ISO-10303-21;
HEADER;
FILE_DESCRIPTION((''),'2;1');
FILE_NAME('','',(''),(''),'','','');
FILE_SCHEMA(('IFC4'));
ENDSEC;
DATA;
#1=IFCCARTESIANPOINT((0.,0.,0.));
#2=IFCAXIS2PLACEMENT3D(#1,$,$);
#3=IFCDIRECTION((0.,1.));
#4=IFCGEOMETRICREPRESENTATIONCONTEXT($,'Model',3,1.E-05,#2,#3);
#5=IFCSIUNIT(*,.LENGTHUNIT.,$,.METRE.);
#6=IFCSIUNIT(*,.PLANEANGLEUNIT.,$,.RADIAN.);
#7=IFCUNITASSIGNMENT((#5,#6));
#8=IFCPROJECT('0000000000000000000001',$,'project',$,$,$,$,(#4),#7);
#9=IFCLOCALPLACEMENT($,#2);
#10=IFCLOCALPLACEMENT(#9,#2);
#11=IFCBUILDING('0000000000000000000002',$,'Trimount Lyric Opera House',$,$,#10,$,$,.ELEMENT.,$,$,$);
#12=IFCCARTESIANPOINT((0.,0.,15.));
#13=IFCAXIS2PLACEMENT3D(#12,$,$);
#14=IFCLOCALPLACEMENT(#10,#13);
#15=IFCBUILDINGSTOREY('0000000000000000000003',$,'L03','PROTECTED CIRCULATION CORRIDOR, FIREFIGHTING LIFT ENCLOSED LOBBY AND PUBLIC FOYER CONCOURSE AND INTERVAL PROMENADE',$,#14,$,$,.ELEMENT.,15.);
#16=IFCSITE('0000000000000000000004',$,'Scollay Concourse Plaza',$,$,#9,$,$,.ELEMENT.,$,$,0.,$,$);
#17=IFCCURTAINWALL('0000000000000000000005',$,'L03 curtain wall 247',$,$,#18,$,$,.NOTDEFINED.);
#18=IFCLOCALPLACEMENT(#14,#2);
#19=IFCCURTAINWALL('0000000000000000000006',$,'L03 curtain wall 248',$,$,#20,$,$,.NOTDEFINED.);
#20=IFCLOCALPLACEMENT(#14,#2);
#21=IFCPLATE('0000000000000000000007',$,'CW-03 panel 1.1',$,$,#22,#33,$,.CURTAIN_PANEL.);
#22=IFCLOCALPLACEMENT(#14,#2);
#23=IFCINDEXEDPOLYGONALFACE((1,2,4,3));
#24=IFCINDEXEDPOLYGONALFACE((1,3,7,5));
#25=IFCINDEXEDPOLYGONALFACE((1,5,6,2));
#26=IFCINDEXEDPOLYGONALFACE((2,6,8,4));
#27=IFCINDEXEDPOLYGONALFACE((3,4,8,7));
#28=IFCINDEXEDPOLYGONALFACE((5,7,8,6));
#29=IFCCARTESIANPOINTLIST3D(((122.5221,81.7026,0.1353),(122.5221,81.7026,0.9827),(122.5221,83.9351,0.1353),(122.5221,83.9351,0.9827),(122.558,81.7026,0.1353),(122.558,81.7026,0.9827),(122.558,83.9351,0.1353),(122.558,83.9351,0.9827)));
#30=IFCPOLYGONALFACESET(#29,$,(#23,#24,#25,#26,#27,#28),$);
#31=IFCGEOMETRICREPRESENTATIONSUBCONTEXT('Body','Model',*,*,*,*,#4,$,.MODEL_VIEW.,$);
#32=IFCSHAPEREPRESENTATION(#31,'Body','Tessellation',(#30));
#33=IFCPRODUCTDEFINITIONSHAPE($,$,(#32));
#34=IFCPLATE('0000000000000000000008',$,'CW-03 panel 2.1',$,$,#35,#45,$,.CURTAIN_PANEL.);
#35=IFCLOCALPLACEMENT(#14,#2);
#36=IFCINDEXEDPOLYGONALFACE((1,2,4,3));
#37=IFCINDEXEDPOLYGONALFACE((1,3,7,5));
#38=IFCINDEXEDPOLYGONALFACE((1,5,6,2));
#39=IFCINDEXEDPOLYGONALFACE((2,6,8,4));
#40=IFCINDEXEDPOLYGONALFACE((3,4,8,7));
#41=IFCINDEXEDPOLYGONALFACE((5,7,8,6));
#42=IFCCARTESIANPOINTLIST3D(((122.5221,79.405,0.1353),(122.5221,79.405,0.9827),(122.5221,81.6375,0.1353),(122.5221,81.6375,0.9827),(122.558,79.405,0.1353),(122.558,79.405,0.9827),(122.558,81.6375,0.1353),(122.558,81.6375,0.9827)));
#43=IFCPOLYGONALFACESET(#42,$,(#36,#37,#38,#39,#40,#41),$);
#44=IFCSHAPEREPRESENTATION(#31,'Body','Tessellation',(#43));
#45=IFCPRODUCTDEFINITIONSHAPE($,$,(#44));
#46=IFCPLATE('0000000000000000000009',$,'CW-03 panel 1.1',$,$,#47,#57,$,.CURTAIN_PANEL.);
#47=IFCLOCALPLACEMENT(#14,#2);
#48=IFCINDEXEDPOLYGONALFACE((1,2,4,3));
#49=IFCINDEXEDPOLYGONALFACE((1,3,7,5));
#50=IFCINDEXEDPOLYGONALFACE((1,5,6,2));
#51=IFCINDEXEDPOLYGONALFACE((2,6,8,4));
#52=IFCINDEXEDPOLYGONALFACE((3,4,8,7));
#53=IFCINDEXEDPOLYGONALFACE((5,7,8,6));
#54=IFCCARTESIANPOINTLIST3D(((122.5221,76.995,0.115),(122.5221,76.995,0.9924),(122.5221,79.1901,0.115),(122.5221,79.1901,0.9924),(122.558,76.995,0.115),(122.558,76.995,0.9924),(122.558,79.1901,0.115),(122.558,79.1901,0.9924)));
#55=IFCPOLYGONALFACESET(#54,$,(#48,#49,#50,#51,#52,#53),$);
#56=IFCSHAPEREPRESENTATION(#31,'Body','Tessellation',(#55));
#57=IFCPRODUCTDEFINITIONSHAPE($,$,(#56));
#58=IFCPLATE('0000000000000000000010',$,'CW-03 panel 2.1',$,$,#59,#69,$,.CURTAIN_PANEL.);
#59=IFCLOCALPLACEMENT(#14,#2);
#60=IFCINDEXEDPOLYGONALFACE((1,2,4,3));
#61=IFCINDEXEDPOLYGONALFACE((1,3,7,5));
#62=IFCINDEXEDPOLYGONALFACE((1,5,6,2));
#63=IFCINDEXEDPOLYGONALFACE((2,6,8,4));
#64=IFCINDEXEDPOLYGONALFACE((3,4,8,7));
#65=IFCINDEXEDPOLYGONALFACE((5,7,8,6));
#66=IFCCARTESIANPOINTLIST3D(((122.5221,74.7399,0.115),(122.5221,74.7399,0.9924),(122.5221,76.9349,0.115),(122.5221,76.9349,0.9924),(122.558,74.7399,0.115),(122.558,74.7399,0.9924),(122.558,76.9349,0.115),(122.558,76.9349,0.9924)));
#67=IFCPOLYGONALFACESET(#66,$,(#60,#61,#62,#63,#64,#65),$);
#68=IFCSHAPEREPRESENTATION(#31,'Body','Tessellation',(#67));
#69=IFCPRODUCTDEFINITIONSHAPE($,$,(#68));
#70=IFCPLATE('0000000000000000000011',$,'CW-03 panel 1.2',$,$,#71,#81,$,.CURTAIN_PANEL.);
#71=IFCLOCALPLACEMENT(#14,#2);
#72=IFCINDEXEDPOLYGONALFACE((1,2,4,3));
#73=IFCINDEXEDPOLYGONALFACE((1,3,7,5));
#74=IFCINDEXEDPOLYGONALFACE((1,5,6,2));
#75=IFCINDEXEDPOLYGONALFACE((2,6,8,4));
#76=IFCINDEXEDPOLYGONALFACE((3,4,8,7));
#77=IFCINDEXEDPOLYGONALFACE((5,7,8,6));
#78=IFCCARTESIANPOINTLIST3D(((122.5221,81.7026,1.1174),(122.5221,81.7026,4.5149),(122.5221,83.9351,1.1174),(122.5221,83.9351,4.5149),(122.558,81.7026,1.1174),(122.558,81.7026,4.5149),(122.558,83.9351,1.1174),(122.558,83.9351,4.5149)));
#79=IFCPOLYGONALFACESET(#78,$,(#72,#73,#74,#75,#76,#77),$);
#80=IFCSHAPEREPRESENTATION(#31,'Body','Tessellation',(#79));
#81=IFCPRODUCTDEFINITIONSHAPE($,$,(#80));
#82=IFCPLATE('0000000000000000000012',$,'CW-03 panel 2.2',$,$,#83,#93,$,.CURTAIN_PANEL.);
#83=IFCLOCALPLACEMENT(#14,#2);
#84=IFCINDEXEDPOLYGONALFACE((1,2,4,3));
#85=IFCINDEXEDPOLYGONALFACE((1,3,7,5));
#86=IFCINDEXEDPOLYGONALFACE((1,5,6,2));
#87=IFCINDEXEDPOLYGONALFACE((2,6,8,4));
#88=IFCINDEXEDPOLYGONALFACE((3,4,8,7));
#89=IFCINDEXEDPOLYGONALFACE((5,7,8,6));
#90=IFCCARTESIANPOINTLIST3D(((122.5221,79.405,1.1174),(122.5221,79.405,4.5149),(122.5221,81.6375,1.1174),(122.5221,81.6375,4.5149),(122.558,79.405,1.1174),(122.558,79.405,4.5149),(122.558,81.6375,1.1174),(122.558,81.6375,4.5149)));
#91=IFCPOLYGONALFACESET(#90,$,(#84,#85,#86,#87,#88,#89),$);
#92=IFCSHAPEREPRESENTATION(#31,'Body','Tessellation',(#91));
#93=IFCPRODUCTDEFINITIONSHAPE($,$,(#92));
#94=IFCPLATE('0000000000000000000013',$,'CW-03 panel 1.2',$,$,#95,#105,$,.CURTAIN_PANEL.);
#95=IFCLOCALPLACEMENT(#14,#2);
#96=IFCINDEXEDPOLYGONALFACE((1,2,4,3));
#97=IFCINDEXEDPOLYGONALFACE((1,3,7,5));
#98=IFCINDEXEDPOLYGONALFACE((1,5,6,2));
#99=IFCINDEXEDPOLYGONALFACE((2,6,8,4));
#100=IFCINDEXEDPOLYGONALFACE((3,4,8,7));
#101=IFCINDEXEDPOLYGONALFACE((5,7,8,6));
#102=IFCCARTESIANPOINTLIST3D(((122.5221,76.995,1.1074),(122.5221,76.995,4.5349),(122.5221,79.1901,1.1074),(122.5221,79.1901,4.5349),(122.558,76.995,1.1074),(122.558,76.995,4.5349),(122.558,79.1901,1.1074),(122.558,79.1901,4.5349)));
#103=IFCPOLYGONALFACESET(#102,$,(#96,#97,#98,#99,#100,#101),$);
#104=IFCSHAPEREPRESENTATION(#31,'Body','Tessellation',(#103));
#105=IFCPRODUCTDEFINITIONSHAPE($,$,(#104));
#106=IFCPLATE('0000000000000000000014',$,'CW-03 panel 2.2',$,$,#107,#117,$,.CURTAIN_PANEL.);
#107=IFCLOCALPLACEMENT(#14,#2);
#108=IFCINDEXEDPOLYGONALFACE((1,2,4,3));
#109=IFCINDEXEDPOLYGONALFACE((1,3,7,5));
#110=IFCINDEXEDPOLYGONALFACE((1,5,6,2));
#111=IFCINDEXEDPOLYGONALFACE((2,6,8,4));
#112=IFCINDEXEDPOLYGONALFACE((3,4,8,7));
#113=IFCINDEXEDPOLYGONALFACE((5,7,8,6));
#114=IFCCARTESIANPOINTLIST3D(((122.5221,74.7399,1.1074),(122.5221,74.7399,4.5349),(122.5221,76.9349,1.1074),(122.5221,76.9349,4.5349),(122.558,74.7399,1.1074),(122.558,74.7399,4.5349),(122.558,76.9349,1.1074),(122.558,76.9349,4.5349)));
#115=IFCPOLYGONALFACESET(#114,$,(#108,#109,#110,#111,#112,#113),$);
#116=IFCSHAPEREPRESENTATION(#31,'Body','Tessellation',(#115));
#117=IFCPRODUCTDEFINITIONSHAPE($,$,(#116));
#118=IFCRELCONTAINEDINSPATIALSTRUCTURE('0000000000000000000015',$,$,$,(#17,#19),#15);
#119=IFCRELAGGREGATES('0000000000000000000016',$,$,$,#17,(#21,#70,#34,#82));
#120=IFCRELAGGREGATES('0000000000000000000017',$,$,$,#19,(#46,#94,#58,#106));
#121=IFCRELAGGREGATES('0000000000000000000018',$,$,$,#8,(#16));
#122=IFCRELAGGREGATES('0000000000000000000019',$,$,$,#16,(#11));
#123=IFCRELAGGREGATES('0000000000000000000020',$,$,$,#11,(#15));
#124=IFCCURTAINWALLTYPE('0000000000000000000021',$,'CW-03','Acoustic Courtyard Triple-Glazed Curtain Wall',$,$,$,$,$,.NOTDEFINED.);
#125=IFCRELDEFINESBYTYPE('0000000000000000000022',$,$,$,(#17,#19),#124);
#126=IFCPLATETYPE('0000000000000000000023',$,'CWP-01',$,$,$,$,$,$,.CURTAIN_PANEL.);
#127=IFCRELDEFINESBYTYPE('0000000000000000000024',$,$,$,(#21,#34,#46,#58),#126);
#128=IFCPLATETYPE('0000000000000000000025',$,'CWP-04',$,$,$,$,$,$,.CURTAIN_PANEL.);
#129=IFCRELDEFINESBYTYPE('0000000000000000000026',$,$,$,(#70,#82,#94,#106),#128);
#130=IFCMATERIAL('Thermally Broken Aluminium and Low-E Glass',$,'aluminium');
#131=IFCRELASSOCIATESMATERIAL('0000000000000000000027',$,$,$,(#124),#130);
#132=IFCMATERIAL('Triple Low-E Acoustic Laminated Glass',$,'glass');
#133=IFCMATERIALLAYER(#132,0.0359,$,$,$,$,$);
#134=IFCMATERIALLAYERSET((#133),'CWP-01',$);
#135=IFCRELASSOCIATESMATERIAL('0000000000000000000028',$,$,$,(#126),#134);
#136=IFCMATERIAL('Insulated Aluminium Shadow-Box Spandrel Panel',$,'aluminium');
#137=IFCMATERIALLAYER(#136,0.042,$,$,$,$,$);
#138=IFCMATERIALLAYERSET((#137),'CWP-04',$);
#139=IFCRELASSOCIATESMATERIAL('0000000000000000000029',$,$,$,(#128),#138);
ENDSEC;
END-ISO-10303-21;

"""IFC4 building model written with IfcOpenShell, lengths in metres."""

from ifc_helpers import new_model, si_unit, direction, frame, origin, origin_2d, place, context, subcontext, project, spatial, rectangle, extrude, material, layer, layer_set, type_object, element, aggregate, save


model = new_model("IFC4")

# Units and contexts
model_context = context("Model", 3, precision=1e-05, world=origin(), true_north=direction((0.0, 1.0)))
body_context = subcontext(model_context, "Body", "Model", "MODEL_VIEW")
ifc_project = project(units=[si_unit("LENGTHUNIT", "METRE"), si_unit("PLANEANGLEUNIT", "RADIAN")], contexts=[model_context])

# Site, building, storey
site_placement = place(None, origin())
site = spatial("IfcSite", under=ifc_project, at=site_placement, Name="Scollay Concourse Plaza", CompositionType="ELEMENT", RefElevation=0.0)
building_placement = place(site_placement, origin())
building = spatial("IfcBuilding", under=site, at=building_placement, Name="Trimount Lyric Opera House", CompositionType="ELEMENT")
storey_placement = place(building_placement, frame((0.0, 0.0, 15.0)))
storey = spatial("IfcBuildingStorey", under=building, at=storey_placement, Name="L03", Description="PROTECTED CIRCULATION CORRIDOR, FIREFIGHTING LIFT ENCLOSED LOBBY AND PUBLIC FOYER CONCOURSE AND INTERVAL PROMENADE", CompositionType="ELEMENT", Elevation=15.0)

# Curtain walls
ifc_material_1 = material(Name="Thermally Broken Aluminium and Low-E Glass", Category="aluminium")
curtain_wall_type = type_object("IfcCurtainWallType", Name="CW-03", Description="Acoustic Courtyard Triple-Glazed Curtain Wall", PredefinedType="NOTDEFINED", material=ifc_material_1)
curtain_wall_1_placement = place(storey_placement, origin())
curtain_wall_1 = element("IfcCurtainWall", 1, at=curtain_wall_1_placement, inside=storey, type_object=curtain_wall_type, Name="L03 curtain wall 247", PredefinedType="NOTDEFINED")
curtain_wall_2_placement = place(storey_placement, origin())
curtain_wall_2 = element("IfcCurtainWall", 2, at=curtain_wall_2_placement, inside=storey, type_object=curtain_wall_type, Name="L03 curtain wall 248", PredefinedType="NOTDEFINED")

# Plates
ifc_material_2 = material(Name="Triple Low-E Acoustic Laminated Glass", Category="glass")
ifc_layer_1 = layer(ifc_material_2, 0.0359)
ifc_layer_set_1 = layer_set([ifc_layer_1], Name="CWP-01")
plate_type_1 = type_object("IfcPlateType", Name="CWP-01", PredefinedType="CURTAIN_PANEL", material=ifc_layer_set_1)
plate_1_placement = place(storey_placement, frame((122.54, 82.8188, 0.1353), z_axis=(0.0, 0.0, 1.0), x_axis=(0.0, -1.0, 0.0)))
plate_1 = element("IfcPlate", 3, at=plate_1_placement, type_object=plate_type_1, Name="CW-03 panel 1.1", PredefinedType="CURTAIN_PANEL", context=body_context, shape_type="SweptSolid", body=[
    extrude(rectangle(XDim=2.2324, YDim=0.0359, at=origin_2d()), origin(), (0.0, 0.0, 1.0), 0.8474),
])
plate_2_placement = place(storey_placement, frame((122.54, 80.5212, 0.1353), z_axis=(0.0, 0.0, 1.0), x_axis=(0.0, -1.0, 0.0)))
plate_2 = element("IfcPlate", 4, at=plate_2_placement, type_object=plate_type_1, Name="CW-03 panel 2.1", PredefinedType="CURTAIN_PANEL", context=body_context, shape_type="SweptSolid", body=[
    extrude(rectangle(XDim=2.2324, YDim=0.0359, at=origin_2d()), origin(), (0.0, 0.0, 1.0), 0.8474),
])
plate_3_placement = place(storey_placement, frame((122.54, 78.0925, 0.115), z_axis=(0.0, 0.0, 1.0), x_axis=(0.0, -1.0, 0.0)))
plate_3 = element("IfcPlate", 5, at=plate_3_placement, type_object=plate_type_1, Name="CW-03 panel 1.1", PredefinedType="CURTAIN_PANEL", context=body_context, shape_type="SweptSolid", body=[
    extrude(rectangle(XDim=2.1951, YDim=0.0359, at=origin_2d()), origin(), (0.0, 0.0, 1.0), 0.8774),
])
plate_4_placement = place(storey_placement, frame((122.54, 75.8374, 0.115), z_axis=(0.0, 0.0, 1.0), x_axis=(0.0, -1.0, 0.0)))
plate_4 = element("IfcPlate", 6, at=plate_4_placement, type_object=plate_type_1, Name="CW-03 panel 2.1", PredefinedType="CURTAIN_PANEL", context=body_context, shape_type="SweptSolid", body=[
    extrude(rectangle(XDim=2.1951, YDim=0.0359, at=origin_2d()), origin(), (0.0, 0.0, 1.0), 0.8774),
])
ifc_material_3 = material(Name="Insulated Aluminium Shadow-Box Spandrel Panel", Category="aluminium")
ifc_layer_2 = layer(ifc_material_3, 0.042)
ifc_layer_set_2 = layer_set([ifc_layer_2], Name="CWP-04")
plate_type_2 = type_object("IfcPlateType", Name="CWP-04", PredefinedType="CURTAIN_PANEL", material=ifc_layer_set_2)
plate_5_placement = place(storey_placement, frame((122.54, 82.8188, 1.1174), z_axis=(0.0, 0.0, 1.0), x_axis=(0.0, -1.0, 0.0)))
plate_5 = element("IfcPlate", 7, at=plate_5_placement, type_object=plate_type_2, Name="CW-03 panel 1.2", PredefinedType="CURTAIN_PANEL", context=body_context, shape_type="SweptSolid", body=[
    extrude(rectangle(XDim=2.2324, YDim=0.0359, at=origin_2d()), origin(), (0.0, 0.0, 1.0), 3.3975),
])
plate_6_placement = place(storey_placement, frame((122.54, 80.5212, 1.1174), z_axis=(0.0, 0.0, 1.0), x_axis=(0.0, -1.0, 0.0)))
plate_6 = element("IfcPlate", 8, at=plate_6_placement, type_object=plate_type_2, Name="CW-03 panel 2.2", PredefinedType="CURTAIN_PANEL", context=body_context, shape_type="SweptSolid", body=[
    extrude(rectangle(XDim=2.2324, YDim=0.0359, at=origin_2d()), origin(), (0.0, 0.0, 1.0), 3.3975),
])
aggregate(curtain_wall_1, [plate_1, plate_5, plate_2, plate_6])
plate_7_placement = place(storey_placement, frame((122.54, 78.0925, 1.1074), z_axis=(0.0, 0.0, 1.0), x_axis=(0.0, -1.0, 0.0)))
plate_7 = element("IfcPlate", 9, at=plate_7_placement, type_object=plate_type_2, Name="CW-03 panel 1.2", PredefinedType="CURTAIN_PANEL", context=body_context, shape_type="SweptSolid", body=[
    extrude(rectangle(XDim=2.1951, YDim=0.0359, at=origin_2d()), origin(), (0.0, 0.0, 1.0), 3.4275),
])
plate_8_placement = place(storey_placement, frame((122.54, 75.8374, 1.1074), z_axis=(0.0, 0.0, 1.0), x_axis=(0.0, -1.0, 0.0)))
plate_8 = element("IfcPlate", 10, at=plate_8_placement, type_object=plate_type_2, Name="CW-03 panel 2.2", PredefinedType="CURTAIN_PANEL", context=body_context, shape_type="SweptSolid", body=[
    extrude(rectangle(XDim=2.1951, YDim=0.0359, at=origin_2d()), origin(), (0.0, 0.0, 1.0), 3.4275),
])
aggregate(curtain_wall_2, [plate_3, plate_7, plate_4, plate_8])

save(model, "model.ifc")
